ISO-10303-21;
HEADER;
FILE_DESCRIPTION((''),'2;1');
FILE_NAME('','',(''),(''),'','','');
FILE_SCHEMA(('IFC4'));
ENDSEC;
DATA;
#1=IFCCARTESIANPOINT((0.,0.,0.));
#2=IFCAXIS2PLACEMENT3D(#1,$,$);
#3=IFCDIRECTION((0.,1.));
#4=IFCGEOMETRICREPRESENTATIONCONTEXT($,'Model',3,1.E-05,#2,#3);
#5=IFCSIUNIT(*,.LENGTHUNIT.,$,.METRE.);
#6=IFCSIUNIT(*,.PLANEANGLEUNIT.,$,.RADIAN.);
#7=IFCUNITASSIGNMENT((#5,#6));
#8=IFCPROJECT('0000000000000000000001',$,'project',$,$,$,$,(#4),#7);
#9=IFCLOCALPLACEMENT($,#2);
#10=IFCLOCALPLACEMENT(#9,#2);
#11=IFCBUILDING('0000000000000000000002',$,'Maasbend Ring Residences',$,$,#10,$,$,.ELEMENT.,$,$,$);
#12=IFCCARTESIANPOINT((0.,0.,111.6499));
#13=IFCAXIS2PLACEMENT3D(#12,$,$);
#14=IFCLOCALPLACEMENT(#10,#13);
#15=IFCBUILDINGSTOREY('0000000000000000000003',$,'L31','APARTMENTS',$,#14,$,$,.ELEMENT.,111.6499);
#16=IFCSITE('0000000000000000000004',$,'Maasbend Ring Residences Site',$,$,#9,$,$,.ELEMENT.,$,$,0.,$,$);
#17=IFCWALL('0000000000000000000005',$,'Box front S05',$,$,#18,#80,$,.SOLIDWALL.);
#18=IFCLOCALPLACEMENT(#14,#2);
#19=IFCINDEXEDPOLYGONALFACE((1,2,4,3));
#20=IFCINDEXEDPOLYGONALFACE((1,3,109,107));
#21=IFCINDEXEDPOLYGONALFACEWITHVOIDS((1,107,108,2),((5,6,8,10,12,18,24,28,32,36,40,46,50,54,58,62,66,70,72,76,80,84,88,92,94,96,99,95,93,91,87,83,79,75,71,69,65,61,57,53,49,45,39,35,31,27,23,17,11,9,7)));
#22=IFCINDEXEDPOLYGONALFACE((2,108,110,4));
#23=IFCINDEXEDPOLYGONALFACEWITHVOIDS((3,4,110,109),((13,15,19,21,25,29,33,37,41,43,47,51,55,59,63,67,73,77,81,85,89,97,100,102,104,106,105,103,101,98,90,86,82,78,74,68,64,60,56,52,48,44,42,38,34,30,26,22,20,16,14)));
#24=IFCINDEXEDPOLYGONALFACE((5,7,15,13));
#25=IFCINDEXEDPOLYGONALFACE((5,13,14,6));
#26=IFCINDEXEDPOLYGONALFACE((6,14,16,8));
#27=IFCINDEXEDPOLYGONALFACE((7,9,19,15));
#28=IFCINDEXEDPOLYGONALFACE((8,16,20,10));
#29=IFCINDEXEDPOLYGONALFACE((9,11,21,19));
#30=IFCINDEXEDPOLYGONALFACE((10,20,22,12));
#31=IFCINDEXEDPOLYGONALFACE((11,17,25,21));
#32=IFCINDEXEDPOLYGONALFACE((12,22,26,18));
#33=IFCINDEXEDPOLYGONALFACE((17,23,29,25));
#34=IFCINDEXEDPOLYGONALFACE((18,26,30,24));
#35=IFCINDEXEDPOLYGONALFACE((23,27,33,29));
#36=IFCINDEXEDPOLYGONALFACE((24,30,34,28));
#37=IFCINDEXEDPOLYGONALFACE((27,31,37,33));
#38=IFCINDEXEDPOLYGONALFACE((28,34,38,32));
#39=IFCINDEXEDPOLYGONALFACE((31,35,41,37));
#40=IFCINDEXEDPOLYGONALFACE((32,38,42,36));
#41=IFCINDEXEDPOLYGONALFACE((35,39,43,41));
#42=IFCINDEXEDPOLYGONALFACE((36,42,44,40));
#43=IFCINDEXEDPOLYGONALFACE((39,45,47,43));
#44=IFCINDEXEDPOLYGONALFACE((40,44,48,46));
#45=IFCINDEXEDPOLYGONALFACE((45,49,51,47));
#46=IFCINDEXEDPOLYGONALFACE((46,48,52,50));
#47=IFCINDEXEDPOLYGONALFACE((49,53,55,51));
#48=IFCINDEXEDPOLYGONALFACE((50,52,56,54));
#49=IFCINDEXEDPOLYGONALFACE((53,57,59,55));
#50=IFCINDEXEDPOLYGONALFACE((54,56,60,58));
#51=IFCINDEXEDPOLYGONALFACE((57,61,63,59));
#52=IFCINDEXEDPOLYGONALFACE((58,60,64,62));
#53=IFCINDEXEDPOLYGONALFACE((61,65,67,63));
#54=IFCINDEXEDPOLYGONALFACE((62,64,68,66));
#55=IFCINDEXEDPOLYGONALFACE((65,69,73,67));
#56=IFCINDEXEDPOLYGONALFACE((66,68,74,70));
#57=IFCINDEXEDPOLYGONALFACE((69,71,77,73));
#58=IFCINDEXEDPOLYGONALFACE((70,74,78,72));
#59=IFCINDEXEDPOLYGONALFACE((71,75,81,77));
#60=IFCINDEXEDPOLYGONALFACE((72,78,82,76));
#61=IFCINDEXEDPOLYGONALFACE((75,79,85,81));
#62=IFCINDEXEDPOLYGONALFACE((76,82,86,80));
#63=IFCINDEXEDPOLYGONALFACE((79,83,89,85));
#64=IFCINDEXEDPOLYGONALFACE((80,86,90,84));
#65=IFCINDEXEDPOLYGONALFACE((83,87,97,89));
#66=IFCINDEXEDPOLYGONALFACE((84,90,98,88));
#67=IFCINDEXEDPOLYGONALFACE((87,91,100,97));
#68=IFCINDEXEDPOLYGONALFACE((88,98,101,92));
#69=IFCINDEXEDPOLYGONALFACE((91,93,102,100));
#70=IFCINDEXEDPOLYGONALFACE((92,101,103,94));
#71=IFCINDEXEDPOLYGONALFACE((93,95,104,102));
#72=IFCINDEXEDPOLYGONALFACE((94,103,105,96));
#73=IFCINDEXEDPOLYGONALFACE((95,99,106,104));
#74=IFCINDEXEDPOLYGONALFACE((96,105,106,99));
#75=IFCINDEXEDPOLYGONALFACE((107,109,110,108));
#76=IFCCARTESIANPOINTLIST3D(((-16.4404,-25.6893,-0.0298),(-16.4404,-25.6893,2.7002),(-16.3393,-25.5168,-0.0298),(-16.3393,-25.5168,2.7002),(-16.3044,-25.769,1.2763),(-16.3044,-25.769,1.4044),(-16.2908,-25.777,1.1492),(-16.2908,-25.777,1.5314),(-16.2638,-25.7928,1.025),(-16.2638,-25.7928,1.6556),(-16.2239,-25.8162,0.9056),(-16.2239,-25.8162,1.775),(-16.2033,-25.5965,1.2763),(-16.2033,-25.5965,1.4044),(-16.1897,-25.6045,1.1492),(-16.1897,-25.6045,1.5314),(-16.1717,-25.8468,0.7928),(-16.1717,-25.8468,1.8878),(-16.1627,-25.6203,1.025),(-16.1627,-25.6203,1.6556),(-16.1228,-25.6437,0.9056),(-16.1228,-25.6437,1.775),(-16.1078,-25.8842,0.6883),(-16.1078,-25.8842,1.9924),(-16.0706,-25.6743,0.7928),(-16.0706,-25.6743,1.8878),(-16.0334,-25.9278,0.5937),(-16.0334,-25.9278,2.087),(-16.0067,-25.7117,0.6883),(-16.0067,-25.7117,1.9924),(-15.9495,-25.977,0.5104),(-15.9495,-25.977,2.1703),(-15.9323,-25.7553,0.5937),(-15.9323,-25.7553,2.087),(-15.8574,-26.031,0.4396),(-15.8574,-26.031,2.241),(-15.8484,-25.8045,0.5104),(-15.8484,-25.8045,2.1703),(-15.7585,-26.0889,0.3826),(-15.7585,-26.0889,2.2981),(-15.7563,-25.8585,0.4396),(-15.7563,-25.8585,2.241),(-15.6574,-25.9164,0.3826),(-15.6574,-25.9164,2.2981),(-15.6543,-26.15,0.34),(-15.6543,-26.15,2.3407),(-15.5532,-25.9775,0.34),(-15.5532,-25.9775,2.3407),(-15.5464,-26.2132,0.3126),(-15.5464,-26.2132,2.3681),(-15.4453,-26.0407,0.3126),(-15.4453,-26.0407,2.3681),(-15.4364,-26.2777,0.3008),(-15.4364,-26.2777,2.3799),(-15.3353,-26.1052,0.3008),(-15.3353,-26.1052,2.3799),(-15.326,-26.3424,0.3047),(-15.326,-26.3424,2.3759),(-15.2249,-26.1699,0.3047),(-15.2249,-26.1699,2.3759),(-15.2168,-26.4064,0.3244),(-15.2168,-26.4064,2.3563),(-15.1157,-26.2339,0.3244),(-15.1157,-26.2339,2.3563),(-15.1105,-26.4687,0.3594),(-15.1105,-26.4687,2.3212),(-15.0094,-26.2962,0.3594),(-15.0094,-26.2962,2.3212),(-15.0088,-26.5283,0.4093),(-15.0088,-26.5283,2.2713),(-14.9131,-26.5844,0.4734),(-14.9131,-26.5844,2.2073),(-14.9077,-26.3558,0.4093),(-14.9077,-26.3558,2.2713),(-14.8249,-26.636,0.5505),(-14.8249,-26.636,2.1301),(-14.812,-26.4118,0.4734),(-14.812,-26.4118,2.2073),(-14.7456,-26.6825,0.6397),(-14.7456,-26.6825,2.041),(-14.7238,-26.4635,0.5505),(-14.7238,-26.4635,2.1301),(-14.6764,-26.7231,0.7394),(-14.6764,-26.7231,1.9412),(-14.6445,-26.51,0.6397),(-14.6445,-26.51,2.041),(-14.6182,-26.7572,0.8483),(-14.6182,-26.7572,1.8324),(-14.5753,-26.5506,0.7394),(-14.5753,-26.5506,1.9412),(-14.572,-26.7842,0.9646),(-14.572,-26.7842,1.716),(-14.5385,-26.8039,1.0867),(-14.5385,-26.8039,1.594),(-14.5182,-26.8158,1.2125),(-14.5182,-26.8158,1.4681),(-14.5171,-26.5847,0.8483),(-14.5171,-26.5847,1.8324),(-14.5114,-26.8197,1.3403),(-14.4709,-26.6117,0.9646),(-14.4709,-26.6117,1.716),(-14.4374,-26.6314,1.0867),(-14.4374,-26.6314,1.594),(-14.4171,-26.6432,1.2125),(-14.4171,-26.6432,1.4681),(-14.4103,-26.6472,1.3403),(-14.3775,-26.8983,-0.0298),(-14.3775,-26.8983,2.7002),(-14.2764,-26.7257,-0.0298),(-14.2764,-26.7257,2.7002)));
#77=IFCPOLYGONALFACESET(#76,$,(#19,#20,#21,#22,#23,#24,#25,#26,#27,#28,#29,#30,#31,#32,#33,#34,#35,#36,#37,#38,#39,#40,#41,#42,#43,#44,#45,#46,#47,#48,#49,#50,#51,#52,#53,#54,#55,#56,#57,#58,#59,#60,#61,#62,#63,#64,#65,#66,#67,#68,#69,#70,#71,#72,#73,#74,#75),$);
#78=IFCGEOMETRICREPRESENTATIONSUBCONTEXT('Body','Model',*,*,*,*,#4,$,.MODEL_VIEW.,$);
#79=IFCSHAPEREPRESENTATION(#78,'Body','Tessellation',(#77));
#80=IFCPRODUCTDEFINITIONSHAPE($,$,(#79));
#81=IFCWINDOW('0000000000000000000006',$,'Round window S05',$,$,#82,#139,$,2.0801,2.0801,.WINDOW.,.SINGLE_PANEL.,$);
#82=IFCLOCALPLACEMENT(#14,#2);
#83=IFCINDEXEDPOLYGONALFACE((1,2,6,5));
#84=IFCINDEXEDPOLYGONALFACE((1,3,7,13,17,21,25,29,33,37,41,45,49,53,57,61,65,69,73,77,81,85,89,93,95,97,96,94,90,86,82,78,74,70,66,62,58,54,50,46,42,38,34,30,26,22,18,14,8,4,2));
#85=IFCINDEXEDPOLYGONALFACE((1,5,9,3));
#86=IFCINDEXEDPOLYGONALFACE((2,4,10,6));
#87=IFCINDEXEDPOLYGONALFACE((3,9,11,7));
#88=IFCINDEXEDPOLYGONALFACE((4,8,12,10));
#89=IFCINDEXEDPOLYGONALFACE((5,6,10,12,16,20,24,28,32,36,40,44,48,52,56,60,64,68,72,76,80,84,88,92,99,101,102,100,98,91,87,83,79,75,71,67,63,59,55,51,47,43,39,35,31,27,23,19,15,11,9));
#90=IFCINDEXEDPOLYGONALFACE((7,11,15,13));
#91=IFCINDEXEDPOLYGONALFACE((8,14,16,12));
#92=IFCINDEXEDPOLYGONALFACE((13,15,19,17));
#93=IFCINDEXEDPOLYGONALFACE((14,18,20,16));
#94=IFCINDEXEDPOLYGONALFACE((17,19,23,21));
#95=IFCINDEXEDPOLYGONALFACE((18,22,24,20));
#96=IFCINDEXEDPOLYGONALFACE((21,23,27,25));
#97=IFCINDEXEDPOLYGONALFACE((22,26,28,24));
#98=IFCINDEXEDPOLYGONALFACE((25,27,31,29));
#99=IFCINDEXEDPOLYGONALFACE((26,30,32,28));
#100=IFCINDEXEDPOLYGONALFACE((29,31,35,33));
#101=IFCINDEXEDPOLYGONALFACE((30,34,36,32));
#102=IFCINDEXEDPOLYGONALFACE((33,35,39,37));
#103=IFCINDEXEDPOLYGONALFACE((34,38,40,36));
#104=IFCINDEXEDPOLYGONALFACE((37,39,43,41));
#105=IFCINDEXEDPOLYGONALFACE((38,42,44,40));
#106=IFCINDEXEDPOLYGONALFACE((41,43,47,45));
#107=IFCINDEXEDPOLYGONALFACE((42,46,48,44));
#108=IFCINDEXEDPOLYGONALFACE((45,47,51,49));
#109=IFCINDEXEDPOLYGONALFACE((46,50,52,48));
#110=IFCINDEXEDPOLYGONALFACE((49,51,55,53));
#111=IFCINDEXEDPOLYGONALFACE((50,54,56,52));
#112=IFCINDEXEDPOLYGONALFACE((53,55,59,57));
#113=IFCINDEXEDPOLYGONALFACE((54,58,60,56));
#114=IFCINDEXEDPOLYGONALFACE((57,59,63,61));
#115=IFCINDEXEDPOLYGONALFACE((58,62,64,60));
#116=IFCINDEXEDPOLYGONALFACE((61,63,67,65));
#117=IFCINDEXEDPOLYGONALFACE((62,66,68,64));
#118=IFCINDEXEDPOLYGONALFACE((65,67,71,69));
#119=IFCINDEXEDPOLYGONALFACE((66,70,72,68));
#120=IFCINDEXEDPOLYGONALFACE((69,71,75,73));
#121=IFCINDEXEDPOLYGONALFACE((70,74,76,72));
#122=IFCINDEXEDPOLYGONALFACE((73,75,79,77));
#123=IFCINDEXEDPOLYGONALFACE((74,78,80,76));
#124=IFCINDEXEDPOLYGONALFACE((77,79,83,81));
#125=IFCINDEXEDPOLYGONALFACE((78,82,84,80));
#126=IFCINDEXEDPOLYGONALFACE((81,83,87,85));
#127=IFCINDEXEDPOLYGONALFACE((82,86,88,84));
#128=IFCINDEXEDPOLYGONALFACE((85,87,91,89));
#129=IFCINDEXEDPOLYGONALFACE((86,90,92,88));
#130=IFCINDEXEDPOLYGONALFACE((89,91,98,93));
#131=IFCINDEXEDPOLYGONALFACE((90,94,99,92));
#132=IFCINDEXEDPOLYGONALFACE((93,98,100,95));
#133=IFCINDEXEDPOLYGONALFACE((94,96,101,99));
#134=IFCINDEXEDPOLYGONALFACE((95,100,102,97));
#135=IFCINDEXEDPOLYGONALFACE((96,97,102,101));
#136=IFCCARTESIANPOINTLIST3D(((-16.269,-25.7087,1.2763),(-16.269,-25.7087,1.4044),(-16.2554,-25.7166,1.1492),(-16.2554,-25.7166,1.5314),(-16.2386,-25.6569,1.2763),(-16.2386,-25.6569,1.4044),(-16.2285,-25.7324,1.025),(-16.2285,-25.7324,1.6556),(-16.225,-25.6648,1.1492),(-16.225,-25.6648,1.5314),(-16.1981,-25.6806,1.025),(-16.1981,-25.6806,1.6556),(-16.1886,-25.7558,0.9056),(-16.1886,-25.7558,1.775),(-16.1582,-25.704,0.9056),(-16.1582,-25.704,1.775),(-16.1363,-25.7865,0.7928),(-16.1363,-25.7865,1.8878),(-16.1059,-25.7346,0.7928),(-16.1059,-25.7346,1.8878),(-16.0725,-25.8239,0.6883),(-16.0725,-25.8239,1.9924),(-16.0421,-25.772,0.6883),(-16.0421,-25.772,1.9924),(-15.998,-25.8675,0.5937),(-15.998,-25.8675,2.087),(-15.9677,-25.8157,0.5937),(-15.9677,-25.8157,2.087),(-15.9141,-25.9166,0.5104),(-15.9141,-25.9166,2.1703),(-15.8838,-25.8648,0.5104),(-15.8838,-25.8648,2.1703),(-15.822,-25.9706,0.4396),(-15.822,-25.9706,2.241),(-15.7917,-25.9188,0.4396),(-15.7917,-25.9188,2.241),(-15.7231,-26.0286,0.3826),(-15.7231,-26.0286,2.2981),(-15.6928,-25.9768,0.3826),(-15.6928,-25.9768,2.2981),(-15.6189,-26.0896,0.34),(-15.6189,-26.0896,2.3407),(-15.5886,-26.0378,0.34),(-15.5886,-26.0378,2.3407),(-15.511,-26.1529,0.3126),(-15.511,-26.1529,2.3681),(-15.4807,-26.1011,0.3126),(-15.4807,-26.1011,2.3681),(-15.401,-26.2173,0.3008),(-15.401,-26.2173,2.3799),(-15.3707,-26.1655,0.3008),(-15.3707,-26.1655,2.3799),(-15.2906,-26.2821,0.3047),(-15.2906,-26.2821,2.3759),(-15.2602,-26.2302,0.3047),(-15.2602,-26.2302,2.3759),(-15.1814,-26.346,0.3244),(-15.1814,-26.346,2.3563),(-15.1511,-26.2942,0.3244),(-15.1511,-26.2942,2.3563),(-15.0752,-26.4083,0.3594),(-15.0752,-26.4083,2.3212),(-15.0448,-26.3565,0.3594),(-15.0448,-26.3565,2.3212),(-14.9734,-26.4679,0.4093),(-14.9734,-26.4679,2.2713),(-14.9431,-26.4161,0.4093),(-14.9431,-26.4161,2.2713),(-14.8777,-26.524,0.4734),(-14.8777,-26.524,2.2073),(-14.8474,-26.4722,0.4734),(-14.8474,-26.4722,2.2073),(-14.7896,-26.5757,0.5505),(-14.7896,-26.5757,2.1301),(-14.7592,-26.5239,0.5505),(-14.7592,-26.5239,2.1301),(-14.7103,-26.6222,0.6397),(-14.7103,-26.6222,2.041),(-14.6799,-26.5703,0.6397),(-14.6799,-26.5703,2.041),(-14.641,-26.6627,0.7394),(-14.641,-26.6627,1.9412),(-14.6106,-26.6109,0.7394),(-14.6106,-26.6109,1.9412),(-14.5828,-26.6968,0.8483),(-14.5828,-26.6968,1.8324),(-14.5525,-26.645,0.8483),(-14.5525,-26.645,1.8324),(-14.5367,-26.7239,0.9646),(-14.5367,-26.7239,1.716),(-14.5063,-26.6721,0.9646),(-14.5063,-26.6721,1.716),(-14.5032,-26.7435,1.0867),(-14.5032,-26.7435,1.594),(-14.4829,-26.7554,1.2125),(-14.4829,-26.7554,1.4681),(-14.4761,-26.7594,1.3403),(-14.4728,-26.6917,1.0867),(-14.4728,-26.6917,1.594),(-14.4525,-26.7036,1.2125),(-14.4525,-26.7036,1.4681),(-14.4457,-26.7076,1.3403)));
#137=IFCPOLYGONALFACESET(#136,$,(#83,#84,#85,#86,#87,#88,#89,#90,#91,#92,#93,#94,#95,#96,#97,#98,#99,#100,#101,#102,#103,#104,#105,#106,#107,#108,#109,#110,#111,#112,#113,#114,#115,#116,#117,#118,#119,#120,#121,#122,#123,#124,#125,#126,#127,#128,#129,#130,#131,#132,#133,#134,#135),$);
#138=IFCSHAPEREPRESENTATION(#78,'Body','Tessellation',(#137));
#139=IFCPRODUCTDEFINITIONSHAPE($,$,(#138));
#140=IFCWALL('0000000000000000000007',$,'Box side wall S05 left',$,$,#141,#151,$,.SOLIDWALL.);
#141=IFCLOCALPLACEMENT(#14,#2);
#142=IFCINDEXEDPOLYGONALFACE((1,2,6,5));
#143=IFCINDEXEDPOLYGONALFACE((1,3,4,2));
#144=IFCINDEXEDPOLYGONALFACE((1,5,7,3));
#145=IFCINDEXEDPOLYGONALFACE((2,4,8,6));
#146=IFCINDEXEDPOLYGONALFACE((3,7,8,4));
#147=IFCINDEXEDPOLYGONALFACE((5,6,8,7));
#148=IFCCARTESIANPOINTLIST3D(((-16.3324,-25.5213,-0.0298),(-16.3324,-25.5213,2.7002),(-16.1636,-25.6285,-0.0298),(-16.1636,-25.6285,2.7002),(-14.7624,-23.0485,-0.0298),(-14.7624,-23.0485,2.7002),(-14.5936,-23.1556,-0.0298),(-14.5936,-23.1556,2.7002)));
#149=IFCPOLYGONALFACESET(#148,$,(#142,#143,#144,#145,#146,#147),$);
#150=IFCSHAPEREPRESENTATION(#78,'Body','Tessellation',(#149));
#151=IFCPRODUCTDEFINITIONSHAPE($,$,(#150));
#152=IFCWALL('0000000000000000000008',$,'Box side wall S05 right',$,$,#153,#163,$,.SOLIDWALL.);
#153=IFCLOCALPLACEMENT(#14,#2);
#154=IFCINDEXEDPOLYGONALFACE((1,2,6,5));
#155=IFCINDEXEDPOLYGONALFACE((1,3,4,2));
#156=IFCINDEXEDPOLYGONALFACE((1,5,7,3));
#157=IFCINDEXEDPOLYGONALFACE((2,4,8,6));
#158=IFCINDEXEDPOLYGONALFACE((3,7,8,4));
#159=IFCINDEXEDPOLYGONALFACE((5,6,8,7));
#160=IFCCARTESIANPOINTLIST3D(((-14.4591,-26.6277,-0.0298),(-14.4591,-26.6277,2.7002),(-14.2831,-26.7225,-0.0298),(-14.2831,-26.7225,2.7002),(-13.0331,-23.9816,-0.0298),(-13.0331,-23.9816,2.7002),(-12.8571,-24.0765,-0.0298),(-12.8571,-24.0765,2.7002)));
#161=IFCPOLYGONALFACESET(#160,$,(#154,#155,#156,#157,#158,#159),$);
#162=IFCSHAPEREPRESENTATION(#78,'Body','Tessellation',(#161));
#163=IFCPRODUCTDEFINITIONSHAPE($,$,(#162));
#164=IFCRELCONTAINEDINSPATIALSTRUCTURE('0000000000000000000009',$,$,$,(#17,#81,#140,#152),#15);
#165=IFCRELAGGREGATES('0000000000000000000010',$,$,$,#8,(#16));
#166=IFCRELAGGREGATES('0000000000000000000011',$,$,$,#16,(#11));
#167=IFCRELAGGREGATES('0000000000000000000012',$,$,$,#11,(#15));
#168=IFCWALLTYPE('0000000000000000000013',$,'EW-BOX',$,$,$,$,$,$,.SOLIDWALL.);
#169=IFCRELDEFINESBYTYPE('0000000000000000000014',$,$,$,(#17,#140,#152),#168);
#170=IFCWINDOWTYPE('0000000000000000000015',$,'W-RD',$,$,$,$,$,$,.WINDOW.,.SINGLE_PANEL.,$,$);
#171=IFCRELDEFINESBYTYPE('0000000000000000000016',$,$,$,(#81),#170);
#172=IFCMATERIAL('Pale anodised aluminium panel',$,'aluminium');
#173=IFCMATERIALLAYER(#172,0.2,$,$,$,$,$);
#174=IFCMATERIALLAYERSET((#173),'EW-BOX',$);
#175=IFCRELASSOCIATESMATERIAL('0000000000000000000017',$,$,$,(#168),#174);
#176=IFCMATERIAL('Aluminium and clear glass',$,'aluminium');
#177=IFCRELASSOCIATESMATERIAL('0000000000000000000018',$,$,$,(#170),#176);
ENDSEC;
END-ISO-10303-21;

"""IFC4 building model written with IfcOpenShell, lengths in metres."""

from ifc_helpers import new_model, si_unit, direction, frame, frame_2d, origin, place, context, subcontext, project, spatial, rectangle, circle, extrude, material, layer, layer_set, type_object, element, fill, save


model = new_model("IFC4")

# Units and contexts
model_context = context("Model", 3, precision=1e-05, world=origin(), true_north=direction((0.0, 1.0)))
body_context = subcontext(model_context, "Body", "Model", "MODEL_VIEW")
ifc_project = project(units=[si_unit("LENGTHUNIT", "METRE"), si_unit("PLANEANGLEUNIT", "RADIAN")], contexts=[model_context])

# Site, building, storey
site_placement = place(None, origin())
site = spatial("IfcSite", under=ifc_project, at=site_placement, Name="Maasbend Ring Residences Site", CompositionType="ELEMENT", RefElevation=0.0)
building_placement = place(site_placement, origin())
building = spatial("IfcBuilding", under=site, at=building_placement, Name="Maasbend Ring Residences", CompositionType="ELEMENT")
storey_placement = place(building_placement, frame((0.0, 0.0, 111.6499)))
storey = spatial("IfcBuildingStorey", under=building, at=storey_placement, Name="L31", Description="APARTMENTS", CompositionType="ELEMENT", Elevation=111.6499)

# Shared definitions
ifc_material_1 = material(Name="Pale anodised aluminium panel", Category="aluminium")
ifc_layer_1 = layer(ifc_material_1, 0.2)
ifc_layer_set_1 = layer_set([ifc_layer_1], Name="EW-BOX")
wall_type_1 = type_object("IfcWallType", Name="EW-BOX", PredefinedType="SOLIDWALL", material=ifc_layer_set_1)
ifc_material_2 = material(Name="Aluminium and clear glass", Category="aluminium")
window_type_1 = type_object("IfcWindowType", Name="W-RD", PartitioningType="SINGLE_PANEL", PredefinedType="WINDOW", material=ifc_material_2)

# Wall, opening, window
wall_1_placement = place(storey_placement, frame((-16.3899, -25.603, -0.0298), z_axis=(0.0, 0.0, 1.0), x_axis=(0.862762, -0.505609, 0.0)))
wall_1 = element("IfcWall", 1, at=wall_1_placement, inside=storey, type_object=wall_type_1, Name="Box front S05", PredefinedType="SOLIDWALL", context=body_context, shape_type="SweptSolid", body=[
    extrude(rectangle(XDim=2.3911, YDim=0.2, at=frame_2d((1.1956, 0.0))), origin(), (0.0, 0.0, 1.0), 2.73),
])
opening_1_placement = place(wall_1_placement, frame((0.1558, 0.0, 0.3301)))
opening_1 = element("IfcOpeningElement", 2, at=opening_1_placement, cuts=wall_1, PredefinedType="OPENING", context=body_context, shape_type="SweptSolid", body=[
    extrude(circle(Radius=1.04, at=frame_2d((1.04, 1.04))), frame((0.0, 0.1099, 0.0), z_axis=(0.0, -1.0, 0.0), x_axis=(1.0, 0.0, 0.0)), (0.0, 0.0, 1.0), 0.22),
])
window_1_placement = place(opening_1_placement, origin())
window_1 = element("IfcWindow", 3, at=window_1_placement, inside=storey, type_object=window_type_1, Name="Round window S05", OverallHeight=2.0801, OverallWidth=2.0801, PartitioningType="SINGLE_PANEL", PredefinedType="WINDOW", context=body_context, shape_type="SweptSolid", body=[
    extrude(circle(Radius=1.04, at=frame_2d((1.04, 1.04))), frame((0.0, 0.03, 0.0), z_axis=(0.0, -1.0, 0.0), x_axis=(1.0, 0.0, 0.0)), (0.0, 0.0, 1.0), 0.0601),
])
fill(opening_1, window_1)

# Walls
wall_2_placement = place(storey_placement, frame((-14.678, -23.1021, -0.0298), z_axis=(0.0, 0.0, 1.0), x_axis=(-0.536002, -0.844217, 0.0)))
element("IfcWall", 4, at=wall_2_placement, inside=storey, type_object=wall_type_1, Name="Box side wall S05 left", PredefinedType="SOLIDWALL", context=body_context, shape_type="SweptSolid", body=[
    extrude(rectangle(XDim=2.9292, YDim=0.2, at=frame_2d((1.4646, 0.0))), origin(), (0.0, 0.0, 1.0), 2.73),
])
wall_3_placement = place(storey_placement, frame((-12.9451, -24.0291, -0.0298), z_axis=(0.0, 0.0, 1.0), x_axis=(-0.474424, -0.880296, 0.0)))
element("IfcWall", 5, at=wall_3_placement, inside=storey, type_object=wall_type_1, Name="Box side wall S05 right", PredefinedType="SOLIDWALL", context=body_context, shape_type="SweptSolid", body=[
    extrude(rectangle(XDim=3.0059, YDim=0.2, at=frame_2d((1.5029, 0.0))), origin(), (0.0, 0.0, 1.0), 2.73),
])

save(model, "model.ifc")
